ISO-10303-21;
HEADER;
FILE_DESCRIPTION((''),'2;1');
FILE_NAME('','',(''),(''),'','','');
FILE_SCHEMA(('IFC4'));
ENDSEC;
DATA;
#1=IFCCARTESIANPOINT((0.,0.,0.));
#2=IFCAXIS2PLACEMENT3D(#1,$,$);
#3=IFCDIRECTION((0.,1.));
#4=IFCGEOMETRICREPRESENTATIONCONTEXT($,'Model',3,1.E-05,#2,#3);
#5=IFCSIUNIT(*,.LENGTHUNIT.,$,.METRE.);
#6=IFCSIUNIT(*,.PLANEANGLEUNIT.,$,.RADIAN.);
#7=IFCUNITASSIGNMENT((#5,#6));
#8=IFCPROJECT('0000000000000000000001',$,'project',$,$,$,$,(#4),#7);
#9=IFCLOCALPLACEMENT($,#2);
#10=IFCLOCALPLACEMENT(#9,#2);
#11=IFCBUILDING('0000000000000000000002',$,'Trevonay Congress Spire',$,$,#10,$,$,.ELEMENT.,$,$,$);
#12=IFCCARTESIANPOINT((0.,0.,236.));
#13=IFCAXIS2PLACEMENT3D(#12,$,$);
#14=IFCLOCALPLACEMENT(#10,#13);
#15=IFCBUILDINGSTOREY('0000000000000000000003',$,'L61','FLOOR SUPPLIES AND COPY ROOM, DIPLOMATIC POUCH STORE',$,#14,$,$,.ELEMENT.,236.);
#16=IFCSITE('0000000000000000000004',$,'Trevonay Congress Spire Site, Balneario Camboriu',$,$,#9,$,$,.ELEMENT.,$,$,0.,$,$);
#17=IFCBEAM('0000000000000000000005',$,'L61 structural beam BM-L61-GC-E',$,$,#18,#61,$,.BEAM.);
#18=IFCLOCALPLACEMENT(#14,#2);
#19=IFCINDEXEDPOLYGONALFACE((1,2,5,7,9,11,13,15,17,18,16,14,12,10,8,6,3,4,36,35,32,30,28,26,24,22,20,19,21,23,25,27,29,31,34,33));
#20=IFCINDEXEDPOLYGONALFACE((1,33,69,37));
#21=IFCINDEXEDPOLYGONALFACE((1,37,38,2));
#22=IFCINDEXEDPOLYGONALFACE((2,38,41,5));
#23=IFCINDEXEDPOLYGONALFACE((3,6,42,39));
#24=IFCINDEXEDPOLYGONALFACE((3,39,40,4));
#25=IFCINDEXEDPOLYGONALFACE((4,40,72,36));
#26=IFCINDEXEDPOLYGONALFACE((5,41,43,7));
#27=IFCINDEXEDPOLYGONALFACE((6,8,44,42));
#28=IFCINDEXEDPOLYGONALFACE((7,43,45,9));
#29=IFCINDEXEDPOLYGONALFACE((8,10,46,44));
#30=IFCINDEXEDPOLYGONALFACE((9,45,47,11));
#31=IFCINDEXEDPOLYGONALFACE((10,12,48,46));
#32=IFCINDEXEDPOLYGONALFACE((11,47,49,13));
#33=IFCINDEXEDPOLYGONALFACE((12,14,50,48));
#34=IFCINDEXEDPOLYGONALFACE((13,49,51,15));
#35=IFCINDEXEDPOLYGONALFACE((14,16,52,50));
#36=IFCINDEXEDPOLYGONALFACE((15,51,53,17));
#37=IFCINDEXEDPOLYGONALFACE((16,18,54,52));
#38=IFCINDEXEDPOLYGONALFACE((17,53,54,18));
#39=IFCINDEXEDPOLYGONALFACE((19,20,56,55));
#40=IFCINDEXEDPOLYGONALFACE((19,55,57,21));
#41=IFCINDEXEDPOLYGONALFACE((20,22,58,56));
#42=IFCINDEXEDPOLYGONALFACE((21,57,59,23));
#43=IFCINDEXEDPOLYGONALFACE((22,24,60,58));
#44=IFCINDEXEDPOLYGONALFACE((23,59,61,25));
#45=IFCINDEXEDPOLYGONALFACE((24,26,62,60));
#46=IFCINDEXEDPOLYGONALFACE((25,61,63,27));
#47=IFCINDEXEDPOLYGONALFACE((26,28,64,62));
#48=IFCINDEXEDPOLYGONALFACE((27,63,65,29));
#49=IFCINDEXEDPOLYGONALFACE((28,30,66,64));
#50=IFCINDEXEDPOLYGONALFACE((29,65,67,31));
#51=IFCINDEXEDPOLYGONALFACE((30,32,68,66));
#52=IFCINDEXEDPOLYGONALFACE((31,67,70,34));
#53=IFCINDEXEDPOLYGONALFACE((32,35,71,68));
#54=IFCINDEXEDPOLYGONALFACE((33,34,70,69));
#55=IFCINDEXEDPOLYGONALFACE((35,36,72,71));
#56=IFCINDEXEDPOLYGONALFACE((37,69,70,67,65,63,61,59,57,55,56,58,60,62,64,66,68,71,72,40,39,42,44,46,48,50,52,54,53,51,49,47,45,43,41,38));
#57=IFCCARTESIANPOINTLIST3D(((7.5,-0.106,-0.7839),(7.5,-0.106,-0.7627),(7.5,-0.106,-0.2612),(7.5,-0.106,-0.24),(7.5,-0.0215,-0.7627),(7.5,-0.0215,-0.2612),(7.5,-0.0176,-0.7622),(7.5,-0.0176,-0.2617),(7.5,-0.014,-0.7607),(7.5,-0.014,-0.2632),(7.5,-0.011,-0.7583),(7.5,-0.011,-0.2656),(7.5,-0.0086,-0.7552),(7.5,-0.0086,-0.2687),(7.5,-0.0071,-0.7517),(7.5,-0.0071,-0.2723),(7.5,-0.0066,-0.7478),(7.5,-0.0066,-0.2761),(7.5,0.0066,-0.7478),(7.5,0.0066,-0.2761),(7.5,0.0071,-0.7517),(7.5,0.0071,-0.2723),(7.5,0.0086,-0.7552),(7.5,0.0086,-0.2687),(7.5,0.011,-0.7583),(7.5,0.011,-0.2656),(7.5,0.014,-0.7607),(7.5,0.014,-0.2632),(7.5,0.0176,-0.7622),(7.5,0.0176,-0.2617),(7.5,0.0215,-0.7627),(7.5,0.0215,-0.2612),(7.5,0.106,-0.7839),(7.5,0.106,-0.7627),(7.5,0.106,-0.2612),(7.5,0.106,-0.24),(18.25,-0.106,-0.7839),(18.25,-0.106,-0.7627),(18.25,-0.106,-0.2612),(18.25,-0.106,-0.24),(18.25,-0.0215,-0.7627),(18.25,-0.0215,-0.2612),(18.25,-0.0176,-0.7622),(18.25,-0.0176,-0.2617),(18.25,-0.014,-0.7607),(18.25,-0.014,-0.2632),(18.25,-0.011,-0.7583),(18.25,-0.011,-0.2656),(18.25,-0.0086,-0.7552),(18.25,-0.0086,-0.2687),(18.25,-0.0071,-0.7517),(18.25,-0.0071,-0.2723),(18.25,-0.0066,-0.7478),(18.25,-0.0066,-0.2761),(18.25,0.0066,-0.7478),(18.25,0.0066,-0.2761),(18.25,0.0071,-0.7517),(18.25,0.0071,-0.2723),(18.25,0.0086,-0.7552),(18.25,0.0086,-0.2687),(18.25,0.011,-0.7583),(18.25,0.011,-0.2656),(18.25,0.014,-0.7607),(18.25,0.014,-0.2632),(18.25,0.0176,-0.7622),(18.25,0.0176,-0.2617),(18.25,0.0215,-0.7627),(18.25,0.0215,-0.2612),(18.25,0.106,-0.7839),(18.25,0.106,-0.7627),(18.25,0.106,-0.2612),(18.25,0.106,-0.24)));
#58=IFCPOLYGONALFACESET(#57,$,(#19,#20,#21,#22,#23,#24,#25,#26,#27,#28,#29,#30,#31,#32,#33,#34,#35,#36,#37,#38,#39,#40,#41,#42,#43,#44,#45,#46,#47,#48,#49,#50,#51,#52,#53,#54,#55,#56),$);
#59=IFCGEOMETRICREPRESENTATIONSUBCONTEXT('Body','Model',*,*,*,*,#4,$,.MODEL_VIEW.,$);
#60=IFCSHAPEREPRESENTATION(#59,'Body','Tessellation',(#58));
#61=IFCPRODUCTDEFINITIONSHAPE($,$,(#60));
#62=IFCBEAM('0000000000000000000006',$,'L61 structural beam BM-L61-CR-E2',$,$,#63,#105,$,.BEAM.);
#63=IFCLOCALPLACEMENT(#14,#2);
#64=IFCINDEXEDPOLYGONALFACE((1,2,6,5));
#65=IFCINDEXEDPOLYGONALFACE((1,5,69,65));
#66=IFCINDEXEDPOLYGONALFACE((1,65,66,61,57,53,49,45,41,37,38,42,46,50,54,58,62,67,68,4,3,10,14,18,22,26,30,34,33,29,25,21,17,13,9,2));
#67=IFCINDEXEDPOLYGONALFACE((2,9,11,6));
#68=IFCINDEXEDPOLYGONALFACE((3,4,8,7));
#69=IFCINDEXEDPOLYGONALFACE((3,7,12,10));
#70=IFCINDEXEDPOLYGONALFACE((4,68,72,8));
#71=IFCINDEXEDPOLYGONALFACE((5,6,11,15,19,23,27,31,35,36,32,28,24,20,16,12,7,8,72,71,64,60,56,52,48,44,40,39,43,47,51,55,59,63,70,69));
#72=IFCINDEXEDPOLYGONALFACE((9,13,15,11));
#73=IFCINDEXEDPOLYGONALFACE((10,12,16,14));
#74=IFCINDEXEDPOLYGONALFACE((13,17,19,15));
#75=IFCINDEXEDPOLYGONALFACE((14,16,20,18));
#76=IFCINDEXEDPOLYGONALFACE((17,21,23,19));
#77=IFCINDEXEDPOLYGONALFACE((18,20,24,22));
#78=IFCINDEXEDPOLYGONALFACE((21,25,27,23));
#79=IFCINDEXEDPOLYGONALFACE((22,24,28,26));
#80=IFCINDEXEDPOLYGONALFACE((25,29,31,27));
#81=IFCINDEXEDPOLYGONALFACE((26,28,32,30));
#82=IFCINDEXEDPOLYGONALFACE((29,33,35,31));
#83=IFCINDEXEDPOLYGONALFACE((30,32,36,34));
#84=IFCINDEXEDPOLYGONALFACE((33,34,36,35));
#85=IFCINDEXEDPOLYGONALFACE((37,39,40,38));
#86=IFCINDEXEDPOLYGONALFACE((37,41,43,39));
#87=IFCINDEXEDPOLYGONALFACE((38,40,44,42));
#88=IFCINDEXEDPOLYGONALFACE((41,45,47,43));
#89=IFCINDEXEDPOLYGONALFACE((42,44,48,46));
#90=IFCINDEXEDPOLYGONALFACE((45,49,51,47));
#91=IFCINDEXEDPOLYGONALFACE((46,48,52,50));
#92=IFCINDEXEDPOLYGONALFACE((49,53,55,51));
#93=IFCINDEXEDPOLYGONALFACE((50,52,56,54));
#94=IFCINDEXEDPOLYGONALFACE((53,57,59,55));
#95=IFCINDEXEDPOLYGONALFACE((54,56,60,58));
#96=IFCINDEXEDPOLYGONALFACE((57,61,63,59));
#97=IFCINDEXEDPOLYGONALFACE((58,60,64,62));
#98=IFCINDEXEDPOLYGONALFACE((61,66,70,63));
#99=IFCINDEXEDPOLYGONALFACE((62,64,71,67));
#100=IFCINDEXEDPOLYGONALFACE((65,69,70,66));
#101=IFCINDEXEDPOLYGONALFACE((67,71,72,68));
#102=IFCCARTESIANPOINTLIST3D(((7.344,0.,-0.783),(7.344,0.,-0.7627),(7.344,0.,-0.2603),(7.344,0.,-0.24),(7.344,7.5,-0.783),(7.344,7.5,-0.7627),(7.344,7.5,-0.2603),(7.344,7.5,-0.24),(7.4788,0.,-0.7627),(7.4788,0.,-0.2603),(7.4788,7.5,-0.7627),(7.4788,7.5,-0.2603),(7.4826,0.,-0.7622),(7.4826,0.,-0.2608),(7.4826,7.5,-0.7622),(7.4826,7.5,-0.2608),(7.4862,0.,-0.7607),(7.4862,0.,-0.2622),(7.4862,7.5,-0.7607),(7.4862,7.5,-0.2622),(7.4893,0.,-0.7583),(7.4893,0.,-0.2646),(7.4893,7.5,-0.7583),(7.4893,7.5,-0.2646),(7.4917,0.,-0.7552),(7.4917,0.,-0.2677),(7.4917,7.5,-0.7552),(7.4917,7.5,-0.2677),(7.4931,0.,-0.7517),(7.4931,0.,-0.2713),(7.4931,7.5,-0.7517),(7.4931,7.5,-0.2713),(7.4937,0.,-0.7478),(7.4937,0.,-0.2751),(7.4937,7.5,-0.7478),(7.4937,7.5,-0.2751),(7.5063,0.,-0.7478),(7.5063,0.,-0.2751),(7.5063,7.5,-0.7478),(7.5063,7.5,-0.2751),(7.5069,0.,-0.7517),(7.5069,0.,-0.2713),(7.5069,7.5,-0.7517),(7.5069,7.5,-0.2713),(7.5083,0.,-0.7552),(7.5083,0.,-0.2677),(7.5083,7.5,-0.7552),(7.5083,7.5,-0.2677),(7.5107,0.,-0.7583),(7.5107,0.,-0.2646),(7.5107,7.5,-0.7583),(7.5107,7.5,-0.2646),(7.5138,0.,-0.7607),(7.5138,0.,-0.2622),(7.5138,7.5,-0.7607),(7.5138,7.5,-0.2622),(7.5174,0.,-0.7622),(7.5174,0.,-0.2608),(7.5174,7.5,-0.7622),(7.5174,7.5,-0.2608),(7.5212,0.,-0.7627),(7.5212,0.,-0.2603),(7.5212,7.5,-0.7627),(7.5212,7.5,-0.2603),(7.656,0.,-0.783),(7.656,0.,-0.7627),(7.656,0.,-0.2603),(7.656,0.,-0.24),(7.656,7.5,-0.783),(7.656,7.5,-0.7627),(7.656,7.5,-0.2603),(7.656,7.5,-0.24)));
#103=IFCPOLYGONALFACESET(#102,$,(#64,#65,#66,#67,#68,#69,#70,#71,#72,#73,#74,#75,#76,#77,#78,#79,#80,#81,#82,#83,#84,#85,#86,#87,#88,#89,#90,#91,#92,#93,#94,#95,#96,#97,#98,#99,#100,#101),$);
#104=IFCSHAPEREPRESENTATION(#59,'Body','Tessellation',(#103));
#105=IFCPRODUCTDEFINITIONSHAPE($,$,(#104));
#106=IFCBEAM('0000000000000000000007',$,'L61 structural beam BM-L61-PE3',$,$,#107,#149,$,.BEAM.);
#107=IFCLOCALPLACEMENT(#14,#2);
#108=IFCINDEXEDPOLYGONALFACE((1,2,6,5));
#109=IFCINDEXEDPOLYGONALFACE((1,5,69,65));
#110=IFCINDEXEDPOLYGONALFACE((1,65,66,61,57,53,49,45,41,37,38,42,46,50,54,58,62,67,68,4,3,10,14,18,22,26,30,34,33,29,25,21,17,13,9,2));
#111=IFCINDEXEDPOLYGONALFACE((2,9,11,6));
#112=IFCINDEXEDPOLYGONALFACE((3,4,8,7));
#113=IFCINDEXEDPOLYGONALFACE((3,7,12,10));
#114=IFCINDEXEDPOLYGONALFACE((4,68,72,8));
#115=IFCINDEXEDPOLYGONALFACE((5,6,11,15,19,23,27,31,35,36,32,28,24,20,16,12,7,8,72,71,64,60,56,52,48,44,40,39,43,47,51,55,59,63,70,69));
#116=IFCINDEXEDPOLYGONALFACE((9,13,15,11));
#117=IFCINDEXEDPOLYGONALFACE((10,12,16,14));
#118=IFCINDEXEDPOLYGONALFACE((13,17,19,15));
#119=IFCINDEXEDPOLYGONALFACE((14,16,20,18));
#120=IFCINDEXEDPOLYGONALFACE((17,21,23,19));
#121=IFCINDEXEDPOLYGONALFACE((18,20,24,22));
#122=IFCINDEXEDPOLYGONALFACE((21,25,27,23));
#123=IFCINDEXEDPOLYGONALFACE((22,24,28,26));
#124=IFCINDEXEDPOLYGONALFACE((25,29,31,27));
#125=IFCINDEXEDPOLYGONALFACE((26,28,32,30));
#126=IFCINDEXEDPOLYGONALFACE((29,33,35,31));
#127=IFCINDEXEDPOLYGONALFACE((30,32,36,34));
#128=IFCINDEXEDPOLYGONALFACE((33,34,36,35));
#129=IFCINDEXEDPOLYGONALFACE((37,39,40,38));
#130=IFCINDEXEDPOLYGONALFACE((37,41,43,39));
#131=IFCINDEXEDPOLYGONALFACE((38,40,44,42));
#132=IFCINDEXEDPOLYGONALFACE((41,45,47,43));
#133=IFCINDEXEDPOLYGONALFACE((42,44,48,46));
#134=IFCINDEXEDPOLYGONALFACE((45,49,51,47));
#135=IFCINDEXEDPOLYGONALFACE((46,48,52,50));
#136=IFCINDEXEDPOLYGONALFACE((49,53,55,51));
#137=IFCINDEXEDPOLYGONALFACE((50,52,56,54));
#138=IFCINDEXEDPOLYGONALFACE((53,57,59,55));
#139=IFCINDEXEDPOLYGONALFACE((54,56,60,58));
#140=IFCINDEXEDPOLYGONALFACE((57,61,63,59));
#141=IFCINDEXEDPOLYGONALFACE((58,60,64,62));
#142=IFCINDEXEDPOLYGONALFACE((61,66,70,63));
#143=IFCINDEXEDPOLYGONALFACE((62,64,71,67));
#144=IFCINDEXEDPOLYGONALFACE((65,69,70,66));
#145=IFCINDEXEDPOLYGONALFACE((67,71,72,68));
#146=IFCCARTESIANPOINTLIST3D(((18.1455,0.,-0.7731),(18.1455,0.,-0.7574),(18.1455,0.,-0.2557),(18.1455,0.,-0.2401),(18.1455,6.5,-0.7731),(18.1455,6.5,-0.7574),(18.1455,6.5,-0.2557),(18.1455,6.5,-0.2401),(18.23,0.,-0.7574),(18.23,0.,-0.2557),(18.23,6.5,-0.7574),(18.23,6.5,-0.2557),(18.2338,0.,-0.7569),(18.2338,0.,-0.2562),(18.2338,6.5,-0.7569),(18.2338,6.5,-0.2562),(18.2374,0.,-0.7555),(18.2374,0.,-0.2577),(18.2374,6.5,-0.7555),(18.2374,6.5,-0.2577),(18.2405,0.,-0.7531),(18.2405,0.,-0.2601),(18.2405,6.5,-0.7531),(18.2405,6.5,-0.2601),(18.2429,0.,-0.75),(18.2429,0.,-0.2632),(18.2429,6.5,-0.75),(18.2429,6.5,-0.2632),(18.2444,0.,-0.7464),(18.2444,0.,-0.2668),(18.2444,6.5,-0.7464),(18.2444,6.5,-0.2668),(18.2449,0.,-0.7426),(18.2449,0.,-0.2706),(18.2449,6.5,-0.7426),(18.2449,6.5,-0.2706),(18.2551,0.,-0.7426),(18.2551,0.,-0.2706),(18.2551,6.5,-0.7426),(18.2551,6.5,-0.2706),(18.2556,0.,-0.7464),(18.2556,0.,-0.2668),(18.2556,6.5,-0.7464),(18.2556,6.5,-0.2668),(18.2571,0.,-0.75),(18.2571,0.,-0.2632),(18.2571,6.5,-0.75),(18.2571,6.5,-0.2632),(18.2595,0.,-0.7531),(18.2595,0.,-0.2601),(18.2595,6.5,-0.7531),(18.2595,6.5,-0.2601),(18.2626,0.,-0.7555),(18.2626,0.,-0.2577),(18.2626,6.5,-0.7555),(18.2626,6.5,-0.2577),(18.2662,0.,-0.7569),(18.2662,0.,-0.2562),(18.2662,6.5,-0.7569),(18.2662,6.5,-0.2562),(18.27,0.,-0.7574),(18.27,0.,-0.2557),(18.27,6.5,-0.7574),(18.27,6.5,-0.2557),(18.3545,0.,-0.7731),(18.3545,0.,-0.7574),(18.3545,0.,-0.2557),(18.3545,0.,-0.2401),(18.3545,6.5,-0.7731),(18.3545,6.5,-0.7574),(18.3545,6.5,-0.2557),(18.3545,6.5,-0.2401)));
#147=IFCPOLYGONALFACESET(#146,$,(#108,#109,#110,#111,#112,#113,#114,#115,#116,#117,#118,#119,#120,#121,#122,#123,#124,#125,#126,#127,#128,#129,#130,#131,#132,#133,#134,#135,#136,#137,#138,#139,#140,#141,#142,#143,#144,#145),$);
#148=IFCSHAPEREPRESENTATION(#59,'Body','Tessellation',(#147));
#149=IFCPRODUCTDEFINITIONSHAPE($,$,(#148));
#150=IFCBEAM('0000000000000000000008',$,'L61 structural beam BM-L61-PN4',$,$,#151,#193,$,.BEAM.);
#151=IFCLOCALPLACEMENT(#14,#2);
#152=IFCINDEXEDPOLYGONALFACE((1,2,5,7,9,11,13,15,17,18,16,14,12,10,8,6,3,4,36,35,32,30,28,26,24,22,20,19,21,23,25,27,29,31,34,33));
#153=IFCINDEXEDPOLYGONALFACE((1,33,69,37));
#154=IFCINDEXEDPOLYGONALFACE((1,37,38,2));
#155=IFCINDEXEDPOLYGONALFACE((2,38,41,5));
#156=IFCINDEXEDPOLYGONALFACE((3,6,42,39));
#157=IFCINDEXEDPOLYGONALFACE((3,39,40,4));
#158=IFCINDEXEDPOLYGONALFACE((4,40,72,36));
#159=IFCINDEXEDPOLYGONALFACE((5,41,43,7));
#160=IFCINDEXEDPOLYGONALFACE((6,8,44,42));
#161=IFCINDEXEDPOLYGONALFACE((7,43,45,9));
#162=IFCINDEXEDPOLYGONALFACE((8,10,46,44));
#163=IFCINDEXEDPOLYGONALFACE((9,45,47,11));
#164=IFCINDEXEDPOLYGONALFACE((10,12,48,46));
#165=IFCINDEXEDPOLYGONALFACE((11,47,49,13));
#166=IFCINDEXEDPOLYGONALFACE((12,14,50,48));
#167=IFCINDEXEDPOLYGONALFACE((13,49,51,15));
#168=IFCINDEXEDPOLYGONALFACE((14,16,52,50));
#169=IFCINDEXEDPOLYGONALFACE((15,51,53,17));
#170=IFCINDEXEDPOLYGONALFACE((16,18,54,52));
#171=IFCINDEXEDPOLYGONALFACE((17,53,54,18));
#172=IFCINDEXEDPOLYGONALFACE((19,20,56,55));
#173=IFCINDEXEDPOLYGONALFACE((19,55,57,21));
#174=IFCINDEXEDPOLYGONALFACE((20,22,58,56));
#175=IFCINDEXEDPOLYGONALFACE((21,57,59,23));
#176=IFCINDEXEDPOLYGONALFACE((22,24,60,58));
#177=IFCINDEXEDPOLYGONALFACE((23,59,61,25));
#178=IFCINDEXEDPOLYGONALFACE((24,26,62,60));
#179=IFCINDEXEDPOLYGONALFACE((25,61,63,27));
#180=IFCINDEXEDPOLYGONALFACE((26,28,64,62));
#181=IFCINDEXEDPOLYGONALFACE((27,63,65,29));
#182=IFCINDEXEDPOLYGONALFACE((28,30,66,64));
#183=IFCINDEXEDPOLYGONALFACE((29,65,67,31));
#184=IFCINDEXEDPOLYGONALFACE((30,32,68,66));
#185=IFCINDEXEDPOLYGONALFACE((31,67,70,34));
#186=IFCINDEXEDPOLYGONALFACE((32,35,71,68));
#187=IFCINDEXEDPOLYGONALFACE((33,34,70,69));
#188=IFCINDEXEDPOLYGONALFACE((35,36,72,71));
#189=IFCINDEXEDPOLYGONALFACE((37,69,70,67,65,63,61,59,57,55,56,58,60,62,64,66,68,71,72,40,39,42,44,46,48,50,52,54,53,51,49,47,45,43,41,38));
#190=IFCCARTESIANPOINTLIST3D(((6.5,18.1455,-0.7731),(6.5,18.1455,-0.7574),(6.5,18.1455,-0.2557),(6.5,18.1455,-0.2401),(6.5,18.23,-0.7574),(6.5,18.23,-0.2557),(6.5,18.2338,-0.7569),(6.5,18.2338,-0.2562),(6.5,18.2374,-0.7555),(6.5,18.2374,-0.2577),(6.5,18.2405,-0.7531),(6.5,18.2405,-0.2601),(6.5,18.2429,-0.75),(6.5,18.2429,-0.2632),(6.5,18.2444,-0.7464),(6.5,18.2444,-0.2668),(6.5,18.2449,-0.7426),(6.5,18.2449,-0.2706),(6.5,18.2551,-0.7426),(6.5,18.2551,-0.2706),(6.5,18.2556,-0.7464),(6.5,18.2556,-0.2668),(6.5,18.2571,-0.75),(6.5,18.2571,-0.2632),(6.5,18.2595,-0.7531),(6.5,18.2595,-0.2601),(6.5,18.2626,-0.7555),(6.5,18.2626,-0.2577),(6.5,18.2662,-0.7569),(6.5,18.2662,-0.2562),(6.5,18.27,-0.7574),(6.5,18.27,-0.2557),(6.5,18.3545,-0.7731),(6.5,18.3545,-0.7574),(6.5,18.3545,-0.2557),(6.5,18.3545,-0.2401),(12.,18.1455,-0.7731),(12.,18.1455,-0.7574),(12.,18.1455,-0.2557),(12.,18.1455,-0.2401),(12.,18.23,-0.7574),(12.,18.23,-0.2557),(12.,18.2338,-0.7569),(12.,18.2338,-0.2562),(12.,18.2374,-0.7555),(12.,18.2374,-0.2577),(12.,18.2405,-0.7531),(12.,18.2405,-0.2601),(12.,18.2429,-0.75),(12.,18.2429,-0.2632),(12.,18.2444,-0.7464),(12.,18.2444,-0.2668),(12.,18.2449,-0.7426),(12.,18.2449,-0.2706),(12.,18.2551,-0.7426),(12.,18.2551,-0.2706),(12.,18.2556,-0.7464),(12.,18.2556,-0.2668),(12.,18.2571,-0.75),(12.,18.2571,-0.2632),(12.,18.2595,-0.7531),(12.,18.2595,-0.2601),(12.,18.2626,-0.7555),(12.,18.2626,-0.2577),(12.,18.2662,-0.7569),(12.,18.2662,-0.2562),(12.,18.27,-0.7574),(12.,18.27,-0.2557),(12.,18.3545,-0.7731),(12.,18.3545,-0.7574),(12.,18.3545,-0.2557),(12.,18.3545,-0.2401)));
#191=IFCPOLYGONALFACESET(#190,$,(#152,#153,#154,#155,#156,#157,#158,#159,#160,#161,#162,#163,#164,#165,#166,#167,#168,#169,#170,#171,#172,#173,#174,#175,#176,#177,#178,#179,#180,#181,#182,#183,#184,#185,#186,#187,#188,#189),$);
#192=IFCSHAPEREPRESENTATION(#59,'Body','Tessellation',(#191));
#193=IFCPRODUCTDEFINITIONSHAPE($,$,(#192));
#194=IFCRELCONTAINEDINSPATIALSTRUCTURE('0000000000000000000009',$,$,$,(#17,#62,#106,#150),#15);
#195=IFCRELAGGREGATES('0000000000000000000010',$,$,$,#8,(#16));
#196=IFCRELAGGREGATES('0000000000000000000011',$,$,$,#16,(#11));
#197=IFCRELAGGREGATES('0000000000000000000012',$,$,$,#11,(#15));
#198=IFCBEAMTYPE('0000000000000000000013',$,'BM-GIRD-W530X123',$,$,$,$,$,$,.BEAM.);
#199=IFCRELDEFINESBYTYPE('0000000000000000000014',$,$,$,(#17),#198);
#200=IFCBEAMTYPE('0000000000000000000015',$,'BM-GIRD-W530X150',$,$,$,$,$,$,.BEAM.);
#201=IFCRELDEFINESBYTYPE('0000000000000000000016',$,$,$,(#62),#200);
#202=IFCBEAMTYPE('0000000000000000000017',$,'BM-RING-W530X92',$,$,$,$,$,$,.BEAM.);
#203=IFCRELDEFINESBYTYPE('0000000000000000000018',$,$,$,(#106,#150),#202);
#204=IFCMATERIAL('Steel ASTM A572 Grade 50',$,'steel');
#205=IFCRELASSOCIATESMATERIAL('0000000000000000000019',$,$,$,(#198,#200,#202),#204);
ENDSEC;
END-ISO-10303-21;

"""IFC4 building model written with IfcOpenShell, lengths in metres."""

from ifc_helpers import new_model, si_unit, direction, frame, origin, origin_2d, place, context, subcontext, project, spatial, i_section, extrude, material, material_profile, profile_set, type_object, element, save


model = new_model("IFC4")

# Units and contexts
model_context = context("Model", 3, precision=1e-05, world=origin(), true_north=direction((0.0, 1.0)))
body_context = subcontext(model_context, "Body", "Model", "MODEL_VIEW")
ifc_project = project(units=[si_unit("LENGTHUNIT", "METRE"), si_unit("PLANEANGLEUNIT", "RADIAN")], contexts=[model_context])

# Site, building, storey
site_placement = place(None, origin())
site = spatial("IfcSite", under=ifc_project, at=site_placement, Name="Trevonay Congress Spire Site, Balneario Camboriu", CompositionType="ELEMENT", RefElevation=0.0)
building_placement = place(site_placement, origin())
building = spatial("IfcBuilding", under=site, at=building_placement, Name="Trevonay Congress Spire", CompositionType="ELEMENT")
storey_placement = place(building_placement, frame((0.0, 0.0, 236.0)))
storey = spatial("IfcBuildingStorey", under=building, at=storey_placement, Name="L61", Description="FLOOR SUPPLIES AND COPY ROOM, DIPLOMATIC POUCH STORE", CompositionType="ELEMENT", Elevation=236.0)

# Shared definitions
ifc_material_1 = material(Name="Steel ASTM A572 Grade 50", Category="steel")

# Beams
ifc_material_profile_1 = material_profile(ifc_material_1, i_section(OverallWidth=0.2119, OverallDepth=0.5439, WebThickness=0.0132, FlangeThickness=0.0212, FilletRadius=0.0149, at=origin_2d()), Name="W530x123")
ifc_profile_set_1 = profile_set([ifc_material_profile_1], Name="Steel ASTM A572 Grade 50")
beam_type_1 = type_object("IfcBeamType", Name="BM-GIRD-W530X123", PredefinedType="BEAM", material=ifc_profile_set_1)
beam_1_placement = place(storey_placement, frame((7.5, 0.0, -0.512), z_axis=(1.0, 0.0, 0.0), x_axis=(0.0, 1.0, 0.0)))
element("IfcBeam", 1, at=beam_1_placement, inside=storey, type_object=beam_type_1, Name="L61 structural beam BM-L61-GC-E", PredefinedType="BEAM", context=body_context, shape_type="SweptSolid", body=[
    extrude(i_section(OverallWidth=0.2119, OverallDepth=0.5439, WebThickness=0.0132, FlangeThickness=0.0212, FilletRadius=0.0149, at=origin_2d()), origin(), (0.0, 0.0, 1.0), 10.75),
])
ifc_material_profile_2 = material_profile(ifc_material_1, i_section(OverallWidth=0.312, OverallDepth=0.543, WebThickness=0.0127, FlangeThickness=0.0203, FilletRadius=0.0149, at=origin_2d()), Name="W530x150")
ifc_profile_set_2 = profile_set([ifc_material_profile_2], Name="Steel ASTM A572 Grade 50")
beam_type_2 = type_object("IfcBeamType", Name="BM-GIRD-W530X150", PredefinedType="BEAM", material=ifc_profile_set_2)
beam_2_placement = place(storey_placement, frame((7.5, 0.0, -0.5115), z_axis=(0.0, 1.0, 0.0), x_axis=(-1.0, 0.0, 0.0)))
element("IfcBeam", 2, at=beam_2_placement, inside=storey, type_object=beam_type_2, Name="L61 structural beam BM-L61-CR-E2", PredefinedType="BEAM", context=body_context, shape_type="SweptSolid", body=[
    extrude(i_section(OverallWidth=0.312, OverallDepth=0.543, WebThickness=0.0127, FlangeThickness=0.0203, FilletRadius=0.0149, at=origin_2d()), origin(), (0.0, 0.0, 1.0), 7.5),
])
ifc_material_profile_3 = material_profile(ifc_material_1, i_section(OverallWidth=0.209, OverallDepth=0.533, WebThickness=0.0103, FlangeThickness=0.0156, FilletRadius=0.0149, at=origin_2d()), Name="W530x92")
ifc_profile_set_3 = profile_set([ifc_material_profile_3], Name="Steel ASTM A572 Grade 50")
beam_type_3 = type_object("IfcBeamType", Name="BM-RING-W530X92", PredefinedType="BEAM", material=ifc_profile_set_3)
beam_3_placement = place(storey_placement, frame((18.25, 0.0, -0.5066), z_axis=(0.0, 1.0, 0.0), x_axis=(-1.0, 0.0, 0.0)))
element("IfcBeam", 3, at=beam_3_placement, inside=storey, type_object=beam_type_3, Name="L61 structural beam BM-L61-PE3", PredefinedType="BEAM", context=body_context, shape_type="SweptSolid", body=[
    extrude(i_section(OverallWidth=0.209, OverallDepth=0.533, WebThickness=0.0103, FlangeThickness=0.0156, FilletRadius=0.0149, at=origin_2d()), origin(), (0.0, 0.0, 1.0), 6.5),
])
for number, where, z_axis, x_axis, name in (
    (4, (6.5, 18.25, -0.5066), (1.0, 0.0, 0.0), (0.0, 1.0, 0.0), "L61 structural beam BM-L61-PN4"),
):
    element("IfcBeam", number, at=place(storey_placement, frame(where, z_axis=z_axis, x_axis=x_axis)), inside=storey, type_object=beam_type_3, Name=name, PredefinedType="BEAM", context=body_context, shape_type="SweptSolid", body=[
        extrude(i_section(OverallWidth=0.209, OverallDepth=0.533, WebThickness=0.0103, FlangeThickness=0.0156, FilletRadius=0.0149, at=origin_2d()), origin(), (0.0, 0.0, 1.0), 5.5),
    ])

save(model, "model.ifc")
